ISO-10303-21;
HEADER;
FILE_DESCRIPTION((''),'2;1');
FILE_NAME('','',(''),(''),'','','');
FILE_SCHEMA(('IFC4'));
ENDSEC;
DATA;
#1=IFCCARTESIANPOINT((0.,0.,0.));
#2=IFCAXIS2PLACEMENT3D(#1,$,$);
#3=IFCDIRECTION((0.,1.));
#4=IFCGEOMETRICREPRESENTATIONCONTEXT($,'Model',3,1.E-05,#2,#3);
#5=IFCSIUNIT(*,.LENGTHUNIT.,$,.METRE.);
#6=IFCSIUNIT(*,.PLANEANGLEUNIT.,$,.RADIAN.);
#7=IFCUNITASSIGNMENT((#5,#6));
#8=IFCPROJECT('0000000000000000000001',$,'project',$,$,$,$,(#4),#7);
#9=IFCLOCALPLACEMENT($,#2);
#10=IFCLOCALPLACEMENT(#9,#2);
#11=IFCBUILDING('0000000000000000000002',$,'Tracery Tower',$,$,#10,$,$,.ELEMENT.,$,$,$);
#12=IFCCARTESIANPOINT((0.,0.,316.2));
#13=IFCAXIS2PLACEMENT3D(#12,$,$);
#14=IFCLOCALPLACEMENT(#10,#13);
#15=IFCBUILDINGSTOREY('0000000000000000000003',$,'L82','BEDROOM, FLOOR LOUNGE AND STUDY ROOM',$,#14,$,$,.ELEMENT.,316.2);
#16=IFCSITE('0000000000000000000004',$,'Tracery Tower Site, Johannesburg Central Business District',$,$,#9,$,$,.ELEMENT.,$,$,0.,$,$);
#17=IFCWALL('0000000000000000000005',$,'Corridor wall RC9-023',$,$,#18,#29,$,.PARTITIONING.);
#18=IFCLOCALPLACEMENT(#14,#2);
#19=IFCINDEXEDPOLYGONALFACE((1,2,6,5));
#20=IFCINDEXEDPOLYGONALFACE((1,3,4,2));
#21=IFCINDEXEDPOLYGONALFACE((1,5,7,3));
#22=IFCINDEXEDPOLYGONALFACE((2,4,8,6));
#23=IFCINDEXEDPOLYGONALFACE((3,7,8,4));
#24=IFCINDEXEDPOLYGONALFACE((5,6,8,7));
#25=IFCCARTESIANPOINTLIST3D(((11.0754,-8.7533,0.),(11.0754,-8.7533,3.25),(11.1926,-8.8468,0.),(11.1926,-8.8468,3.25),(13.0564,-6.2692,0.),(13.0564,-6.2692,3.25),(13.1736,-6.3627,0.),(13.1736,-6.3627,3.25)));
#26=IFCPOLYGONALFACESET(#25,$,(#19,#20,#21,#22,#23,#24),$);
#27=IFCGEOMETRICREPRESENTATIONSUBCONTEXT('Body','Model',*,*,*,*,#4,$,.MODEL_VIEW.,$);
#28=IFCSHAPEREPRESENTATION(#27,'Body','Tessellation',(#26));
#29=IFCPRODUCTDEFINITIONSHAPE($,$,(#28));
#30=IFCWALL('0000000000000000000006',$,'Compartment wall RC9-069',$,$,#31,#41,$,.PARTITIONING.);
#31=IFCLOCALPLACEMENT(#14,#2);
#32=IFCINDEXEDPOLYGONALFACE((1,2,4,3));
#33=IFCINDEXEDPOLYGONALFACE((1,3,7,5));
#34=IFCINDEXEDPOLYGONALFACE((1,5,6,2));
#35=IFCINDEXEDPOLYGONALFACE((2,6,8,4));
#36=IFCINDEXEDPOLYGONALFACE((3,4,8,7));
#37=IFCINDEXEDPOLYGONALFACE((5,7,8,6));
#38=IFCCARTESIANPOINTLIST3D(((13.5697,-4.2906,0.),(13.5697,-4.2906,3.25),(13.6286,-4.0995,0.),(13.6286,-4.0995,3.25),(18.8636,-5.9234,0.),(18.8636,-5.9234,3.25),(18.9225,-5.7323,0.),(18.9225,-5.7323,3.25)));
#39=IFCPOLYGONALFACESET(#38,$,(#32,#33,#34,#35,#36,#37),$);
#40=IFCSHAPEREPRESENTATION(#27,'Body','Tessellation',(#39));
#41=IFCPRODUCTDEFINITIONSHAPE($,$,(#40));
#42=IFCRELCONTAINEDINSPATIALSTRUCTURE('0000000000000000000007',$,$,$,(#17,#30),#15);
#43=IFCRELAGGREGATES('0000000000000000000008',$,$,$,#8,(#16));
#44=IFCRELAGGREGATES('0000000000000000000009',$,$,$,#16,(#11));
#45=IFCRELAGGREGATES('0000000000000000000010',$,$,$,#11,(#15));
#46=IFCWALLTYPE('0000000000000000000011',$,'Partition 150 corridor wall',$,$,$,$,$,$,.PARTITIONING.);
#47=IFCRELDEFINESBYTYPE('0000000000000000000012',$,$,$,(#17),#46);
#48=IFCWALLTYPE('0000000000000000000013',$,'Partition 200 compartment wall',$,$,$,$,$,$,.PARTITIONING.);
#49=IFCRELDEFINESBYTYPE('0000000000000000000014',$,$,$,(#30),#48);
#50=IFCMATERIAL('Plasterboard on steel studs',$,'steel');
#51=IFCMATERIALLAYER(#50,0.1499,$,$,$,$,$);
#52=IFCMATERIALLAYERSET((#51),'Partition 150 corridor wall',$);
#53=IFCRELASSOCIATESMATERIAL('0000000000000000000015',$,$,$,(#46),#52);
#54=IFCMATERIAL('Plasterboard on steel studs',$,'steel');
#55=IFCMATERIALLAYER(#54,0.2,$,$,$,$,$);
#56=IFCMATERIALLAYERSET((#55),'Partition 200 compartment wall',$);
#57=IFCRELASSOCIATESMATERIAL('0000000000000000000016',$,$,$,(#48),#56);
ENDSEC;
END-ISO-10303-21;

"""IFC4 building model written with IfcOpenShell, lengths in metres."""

from ifc_helpers import new_model, si_unit, direction, frame, frame_2d, origin, place, context, subcontext, project, spatial, rectangle, extrude, material, layer, layer_set, type_object, element, save


model = new_model("IFC4")

# Units and contexts
model_context = context("Model", 3, precision=1e-05, world=origin(), true_north=direction((0.0, 1.0)))
body_context = subcontext(model_context, "Body", "Model", "MODEL_VIEW")
ifc_project = project(units=[si_unit("LENGTHUNIT", "METRE"), si_unit("PLANEANGLEUNIT", "RADIAN")], contexts=[model_context])

# Site, building, storey
site_placement = place(None, origin())
site = spatial("IfcSite", under=ifc_project, at=site_placement, Name="Tracery Tower Site, Johannesburg Central Business District", CompositionType="ELEMENT", RefElevation=0.0)
building_placement = place(site_placement, origin())
building = spatial("IfcBuilding", under=site, at=building_placement, Name="Tracery Tower", CompositionType="ELEMENT")
storey_placement = place(building_placement, frame((0.0, 0.0, 316.2)))
storey = spatial("IfcBuildingStorey", under=building, at=storey_placement, Name="L82", Description="BEDROOM, FLOOR LOUNGE AND STUDY ROOM", CompositionType="ELEMENT", Elevation=316.2)

# Shared definitions
ifc_material_1 = material(Name="Plasterboard on steel studs", Category="steel")
ifc_layer_1 = layer(ifc_material_1, 0.1499)
ifc_layer_set_1 = layer_set([ifc_layer_1], Name="Partition 150 corridor wall")
wall_type_1 = type_object("IfcWallType", Name="Partition 150 corridor wall", PredefinedType="PARTITIONING", material=ifc_layer_set_1)

# Walls
wall_1_placement = place(storey_placement, frame((11.134, -8.8, 0.0), z_axis=(0.0, 0.0, 1.0), x_axis=(0.623476, 0.781842, 0.0)))
element("IfcWall", 1, at=wall_1_placement, inside=storey, type_object=wall_type_1, Name="Corridor wall RC9-023", PredefinedType="PARTITIONING", context=body_context, shape_type="SweptSolid", body=[
    extrude(rectangle(XDim=3.1772, YDim=0.1499, at=frame_2d((1.5886, 0.0))), origin(), (0.0, 0.0, 1.0), 3.25),
])
ifc_material_2 = material(Name="Plasterboard on steel studs", Category="steel")
ifc_layer_2 = layer(ifc_material_2, 0.2)
ifc_layer_set_2 = layer_set([ifc_layer_2], Name="Partition 200 compartment wall")
wall_type_2 = type_object("IfcWallType", Name="Partition 200 compartment wall", PredefinedType="PARTITIONING", material=ifc_layer_set_2)
wall_2_placement = place(storey_placement, frame((13.5991, -4.1951, 0.0), z_axis=(0.0, 0.0, 1.0), x_axis=(0.955581, -0.29473, 0.0)))
element("IfcWall", 2, at=wall_2_placement, inside=storey, type_object=wall_type_2, Name="Compartment wall RC9-069", PredefinedType="PARTITIONING", context=body_context, shape_type="SweptSolid", body=[
    extrude(rectangle(XDim=5.54, YDim=0.2, at=frame_2d((2.77, 0.0))), origin(), (0.0, 0.0, 1.0), 3.25),
])

save(model, "model.ifc")
